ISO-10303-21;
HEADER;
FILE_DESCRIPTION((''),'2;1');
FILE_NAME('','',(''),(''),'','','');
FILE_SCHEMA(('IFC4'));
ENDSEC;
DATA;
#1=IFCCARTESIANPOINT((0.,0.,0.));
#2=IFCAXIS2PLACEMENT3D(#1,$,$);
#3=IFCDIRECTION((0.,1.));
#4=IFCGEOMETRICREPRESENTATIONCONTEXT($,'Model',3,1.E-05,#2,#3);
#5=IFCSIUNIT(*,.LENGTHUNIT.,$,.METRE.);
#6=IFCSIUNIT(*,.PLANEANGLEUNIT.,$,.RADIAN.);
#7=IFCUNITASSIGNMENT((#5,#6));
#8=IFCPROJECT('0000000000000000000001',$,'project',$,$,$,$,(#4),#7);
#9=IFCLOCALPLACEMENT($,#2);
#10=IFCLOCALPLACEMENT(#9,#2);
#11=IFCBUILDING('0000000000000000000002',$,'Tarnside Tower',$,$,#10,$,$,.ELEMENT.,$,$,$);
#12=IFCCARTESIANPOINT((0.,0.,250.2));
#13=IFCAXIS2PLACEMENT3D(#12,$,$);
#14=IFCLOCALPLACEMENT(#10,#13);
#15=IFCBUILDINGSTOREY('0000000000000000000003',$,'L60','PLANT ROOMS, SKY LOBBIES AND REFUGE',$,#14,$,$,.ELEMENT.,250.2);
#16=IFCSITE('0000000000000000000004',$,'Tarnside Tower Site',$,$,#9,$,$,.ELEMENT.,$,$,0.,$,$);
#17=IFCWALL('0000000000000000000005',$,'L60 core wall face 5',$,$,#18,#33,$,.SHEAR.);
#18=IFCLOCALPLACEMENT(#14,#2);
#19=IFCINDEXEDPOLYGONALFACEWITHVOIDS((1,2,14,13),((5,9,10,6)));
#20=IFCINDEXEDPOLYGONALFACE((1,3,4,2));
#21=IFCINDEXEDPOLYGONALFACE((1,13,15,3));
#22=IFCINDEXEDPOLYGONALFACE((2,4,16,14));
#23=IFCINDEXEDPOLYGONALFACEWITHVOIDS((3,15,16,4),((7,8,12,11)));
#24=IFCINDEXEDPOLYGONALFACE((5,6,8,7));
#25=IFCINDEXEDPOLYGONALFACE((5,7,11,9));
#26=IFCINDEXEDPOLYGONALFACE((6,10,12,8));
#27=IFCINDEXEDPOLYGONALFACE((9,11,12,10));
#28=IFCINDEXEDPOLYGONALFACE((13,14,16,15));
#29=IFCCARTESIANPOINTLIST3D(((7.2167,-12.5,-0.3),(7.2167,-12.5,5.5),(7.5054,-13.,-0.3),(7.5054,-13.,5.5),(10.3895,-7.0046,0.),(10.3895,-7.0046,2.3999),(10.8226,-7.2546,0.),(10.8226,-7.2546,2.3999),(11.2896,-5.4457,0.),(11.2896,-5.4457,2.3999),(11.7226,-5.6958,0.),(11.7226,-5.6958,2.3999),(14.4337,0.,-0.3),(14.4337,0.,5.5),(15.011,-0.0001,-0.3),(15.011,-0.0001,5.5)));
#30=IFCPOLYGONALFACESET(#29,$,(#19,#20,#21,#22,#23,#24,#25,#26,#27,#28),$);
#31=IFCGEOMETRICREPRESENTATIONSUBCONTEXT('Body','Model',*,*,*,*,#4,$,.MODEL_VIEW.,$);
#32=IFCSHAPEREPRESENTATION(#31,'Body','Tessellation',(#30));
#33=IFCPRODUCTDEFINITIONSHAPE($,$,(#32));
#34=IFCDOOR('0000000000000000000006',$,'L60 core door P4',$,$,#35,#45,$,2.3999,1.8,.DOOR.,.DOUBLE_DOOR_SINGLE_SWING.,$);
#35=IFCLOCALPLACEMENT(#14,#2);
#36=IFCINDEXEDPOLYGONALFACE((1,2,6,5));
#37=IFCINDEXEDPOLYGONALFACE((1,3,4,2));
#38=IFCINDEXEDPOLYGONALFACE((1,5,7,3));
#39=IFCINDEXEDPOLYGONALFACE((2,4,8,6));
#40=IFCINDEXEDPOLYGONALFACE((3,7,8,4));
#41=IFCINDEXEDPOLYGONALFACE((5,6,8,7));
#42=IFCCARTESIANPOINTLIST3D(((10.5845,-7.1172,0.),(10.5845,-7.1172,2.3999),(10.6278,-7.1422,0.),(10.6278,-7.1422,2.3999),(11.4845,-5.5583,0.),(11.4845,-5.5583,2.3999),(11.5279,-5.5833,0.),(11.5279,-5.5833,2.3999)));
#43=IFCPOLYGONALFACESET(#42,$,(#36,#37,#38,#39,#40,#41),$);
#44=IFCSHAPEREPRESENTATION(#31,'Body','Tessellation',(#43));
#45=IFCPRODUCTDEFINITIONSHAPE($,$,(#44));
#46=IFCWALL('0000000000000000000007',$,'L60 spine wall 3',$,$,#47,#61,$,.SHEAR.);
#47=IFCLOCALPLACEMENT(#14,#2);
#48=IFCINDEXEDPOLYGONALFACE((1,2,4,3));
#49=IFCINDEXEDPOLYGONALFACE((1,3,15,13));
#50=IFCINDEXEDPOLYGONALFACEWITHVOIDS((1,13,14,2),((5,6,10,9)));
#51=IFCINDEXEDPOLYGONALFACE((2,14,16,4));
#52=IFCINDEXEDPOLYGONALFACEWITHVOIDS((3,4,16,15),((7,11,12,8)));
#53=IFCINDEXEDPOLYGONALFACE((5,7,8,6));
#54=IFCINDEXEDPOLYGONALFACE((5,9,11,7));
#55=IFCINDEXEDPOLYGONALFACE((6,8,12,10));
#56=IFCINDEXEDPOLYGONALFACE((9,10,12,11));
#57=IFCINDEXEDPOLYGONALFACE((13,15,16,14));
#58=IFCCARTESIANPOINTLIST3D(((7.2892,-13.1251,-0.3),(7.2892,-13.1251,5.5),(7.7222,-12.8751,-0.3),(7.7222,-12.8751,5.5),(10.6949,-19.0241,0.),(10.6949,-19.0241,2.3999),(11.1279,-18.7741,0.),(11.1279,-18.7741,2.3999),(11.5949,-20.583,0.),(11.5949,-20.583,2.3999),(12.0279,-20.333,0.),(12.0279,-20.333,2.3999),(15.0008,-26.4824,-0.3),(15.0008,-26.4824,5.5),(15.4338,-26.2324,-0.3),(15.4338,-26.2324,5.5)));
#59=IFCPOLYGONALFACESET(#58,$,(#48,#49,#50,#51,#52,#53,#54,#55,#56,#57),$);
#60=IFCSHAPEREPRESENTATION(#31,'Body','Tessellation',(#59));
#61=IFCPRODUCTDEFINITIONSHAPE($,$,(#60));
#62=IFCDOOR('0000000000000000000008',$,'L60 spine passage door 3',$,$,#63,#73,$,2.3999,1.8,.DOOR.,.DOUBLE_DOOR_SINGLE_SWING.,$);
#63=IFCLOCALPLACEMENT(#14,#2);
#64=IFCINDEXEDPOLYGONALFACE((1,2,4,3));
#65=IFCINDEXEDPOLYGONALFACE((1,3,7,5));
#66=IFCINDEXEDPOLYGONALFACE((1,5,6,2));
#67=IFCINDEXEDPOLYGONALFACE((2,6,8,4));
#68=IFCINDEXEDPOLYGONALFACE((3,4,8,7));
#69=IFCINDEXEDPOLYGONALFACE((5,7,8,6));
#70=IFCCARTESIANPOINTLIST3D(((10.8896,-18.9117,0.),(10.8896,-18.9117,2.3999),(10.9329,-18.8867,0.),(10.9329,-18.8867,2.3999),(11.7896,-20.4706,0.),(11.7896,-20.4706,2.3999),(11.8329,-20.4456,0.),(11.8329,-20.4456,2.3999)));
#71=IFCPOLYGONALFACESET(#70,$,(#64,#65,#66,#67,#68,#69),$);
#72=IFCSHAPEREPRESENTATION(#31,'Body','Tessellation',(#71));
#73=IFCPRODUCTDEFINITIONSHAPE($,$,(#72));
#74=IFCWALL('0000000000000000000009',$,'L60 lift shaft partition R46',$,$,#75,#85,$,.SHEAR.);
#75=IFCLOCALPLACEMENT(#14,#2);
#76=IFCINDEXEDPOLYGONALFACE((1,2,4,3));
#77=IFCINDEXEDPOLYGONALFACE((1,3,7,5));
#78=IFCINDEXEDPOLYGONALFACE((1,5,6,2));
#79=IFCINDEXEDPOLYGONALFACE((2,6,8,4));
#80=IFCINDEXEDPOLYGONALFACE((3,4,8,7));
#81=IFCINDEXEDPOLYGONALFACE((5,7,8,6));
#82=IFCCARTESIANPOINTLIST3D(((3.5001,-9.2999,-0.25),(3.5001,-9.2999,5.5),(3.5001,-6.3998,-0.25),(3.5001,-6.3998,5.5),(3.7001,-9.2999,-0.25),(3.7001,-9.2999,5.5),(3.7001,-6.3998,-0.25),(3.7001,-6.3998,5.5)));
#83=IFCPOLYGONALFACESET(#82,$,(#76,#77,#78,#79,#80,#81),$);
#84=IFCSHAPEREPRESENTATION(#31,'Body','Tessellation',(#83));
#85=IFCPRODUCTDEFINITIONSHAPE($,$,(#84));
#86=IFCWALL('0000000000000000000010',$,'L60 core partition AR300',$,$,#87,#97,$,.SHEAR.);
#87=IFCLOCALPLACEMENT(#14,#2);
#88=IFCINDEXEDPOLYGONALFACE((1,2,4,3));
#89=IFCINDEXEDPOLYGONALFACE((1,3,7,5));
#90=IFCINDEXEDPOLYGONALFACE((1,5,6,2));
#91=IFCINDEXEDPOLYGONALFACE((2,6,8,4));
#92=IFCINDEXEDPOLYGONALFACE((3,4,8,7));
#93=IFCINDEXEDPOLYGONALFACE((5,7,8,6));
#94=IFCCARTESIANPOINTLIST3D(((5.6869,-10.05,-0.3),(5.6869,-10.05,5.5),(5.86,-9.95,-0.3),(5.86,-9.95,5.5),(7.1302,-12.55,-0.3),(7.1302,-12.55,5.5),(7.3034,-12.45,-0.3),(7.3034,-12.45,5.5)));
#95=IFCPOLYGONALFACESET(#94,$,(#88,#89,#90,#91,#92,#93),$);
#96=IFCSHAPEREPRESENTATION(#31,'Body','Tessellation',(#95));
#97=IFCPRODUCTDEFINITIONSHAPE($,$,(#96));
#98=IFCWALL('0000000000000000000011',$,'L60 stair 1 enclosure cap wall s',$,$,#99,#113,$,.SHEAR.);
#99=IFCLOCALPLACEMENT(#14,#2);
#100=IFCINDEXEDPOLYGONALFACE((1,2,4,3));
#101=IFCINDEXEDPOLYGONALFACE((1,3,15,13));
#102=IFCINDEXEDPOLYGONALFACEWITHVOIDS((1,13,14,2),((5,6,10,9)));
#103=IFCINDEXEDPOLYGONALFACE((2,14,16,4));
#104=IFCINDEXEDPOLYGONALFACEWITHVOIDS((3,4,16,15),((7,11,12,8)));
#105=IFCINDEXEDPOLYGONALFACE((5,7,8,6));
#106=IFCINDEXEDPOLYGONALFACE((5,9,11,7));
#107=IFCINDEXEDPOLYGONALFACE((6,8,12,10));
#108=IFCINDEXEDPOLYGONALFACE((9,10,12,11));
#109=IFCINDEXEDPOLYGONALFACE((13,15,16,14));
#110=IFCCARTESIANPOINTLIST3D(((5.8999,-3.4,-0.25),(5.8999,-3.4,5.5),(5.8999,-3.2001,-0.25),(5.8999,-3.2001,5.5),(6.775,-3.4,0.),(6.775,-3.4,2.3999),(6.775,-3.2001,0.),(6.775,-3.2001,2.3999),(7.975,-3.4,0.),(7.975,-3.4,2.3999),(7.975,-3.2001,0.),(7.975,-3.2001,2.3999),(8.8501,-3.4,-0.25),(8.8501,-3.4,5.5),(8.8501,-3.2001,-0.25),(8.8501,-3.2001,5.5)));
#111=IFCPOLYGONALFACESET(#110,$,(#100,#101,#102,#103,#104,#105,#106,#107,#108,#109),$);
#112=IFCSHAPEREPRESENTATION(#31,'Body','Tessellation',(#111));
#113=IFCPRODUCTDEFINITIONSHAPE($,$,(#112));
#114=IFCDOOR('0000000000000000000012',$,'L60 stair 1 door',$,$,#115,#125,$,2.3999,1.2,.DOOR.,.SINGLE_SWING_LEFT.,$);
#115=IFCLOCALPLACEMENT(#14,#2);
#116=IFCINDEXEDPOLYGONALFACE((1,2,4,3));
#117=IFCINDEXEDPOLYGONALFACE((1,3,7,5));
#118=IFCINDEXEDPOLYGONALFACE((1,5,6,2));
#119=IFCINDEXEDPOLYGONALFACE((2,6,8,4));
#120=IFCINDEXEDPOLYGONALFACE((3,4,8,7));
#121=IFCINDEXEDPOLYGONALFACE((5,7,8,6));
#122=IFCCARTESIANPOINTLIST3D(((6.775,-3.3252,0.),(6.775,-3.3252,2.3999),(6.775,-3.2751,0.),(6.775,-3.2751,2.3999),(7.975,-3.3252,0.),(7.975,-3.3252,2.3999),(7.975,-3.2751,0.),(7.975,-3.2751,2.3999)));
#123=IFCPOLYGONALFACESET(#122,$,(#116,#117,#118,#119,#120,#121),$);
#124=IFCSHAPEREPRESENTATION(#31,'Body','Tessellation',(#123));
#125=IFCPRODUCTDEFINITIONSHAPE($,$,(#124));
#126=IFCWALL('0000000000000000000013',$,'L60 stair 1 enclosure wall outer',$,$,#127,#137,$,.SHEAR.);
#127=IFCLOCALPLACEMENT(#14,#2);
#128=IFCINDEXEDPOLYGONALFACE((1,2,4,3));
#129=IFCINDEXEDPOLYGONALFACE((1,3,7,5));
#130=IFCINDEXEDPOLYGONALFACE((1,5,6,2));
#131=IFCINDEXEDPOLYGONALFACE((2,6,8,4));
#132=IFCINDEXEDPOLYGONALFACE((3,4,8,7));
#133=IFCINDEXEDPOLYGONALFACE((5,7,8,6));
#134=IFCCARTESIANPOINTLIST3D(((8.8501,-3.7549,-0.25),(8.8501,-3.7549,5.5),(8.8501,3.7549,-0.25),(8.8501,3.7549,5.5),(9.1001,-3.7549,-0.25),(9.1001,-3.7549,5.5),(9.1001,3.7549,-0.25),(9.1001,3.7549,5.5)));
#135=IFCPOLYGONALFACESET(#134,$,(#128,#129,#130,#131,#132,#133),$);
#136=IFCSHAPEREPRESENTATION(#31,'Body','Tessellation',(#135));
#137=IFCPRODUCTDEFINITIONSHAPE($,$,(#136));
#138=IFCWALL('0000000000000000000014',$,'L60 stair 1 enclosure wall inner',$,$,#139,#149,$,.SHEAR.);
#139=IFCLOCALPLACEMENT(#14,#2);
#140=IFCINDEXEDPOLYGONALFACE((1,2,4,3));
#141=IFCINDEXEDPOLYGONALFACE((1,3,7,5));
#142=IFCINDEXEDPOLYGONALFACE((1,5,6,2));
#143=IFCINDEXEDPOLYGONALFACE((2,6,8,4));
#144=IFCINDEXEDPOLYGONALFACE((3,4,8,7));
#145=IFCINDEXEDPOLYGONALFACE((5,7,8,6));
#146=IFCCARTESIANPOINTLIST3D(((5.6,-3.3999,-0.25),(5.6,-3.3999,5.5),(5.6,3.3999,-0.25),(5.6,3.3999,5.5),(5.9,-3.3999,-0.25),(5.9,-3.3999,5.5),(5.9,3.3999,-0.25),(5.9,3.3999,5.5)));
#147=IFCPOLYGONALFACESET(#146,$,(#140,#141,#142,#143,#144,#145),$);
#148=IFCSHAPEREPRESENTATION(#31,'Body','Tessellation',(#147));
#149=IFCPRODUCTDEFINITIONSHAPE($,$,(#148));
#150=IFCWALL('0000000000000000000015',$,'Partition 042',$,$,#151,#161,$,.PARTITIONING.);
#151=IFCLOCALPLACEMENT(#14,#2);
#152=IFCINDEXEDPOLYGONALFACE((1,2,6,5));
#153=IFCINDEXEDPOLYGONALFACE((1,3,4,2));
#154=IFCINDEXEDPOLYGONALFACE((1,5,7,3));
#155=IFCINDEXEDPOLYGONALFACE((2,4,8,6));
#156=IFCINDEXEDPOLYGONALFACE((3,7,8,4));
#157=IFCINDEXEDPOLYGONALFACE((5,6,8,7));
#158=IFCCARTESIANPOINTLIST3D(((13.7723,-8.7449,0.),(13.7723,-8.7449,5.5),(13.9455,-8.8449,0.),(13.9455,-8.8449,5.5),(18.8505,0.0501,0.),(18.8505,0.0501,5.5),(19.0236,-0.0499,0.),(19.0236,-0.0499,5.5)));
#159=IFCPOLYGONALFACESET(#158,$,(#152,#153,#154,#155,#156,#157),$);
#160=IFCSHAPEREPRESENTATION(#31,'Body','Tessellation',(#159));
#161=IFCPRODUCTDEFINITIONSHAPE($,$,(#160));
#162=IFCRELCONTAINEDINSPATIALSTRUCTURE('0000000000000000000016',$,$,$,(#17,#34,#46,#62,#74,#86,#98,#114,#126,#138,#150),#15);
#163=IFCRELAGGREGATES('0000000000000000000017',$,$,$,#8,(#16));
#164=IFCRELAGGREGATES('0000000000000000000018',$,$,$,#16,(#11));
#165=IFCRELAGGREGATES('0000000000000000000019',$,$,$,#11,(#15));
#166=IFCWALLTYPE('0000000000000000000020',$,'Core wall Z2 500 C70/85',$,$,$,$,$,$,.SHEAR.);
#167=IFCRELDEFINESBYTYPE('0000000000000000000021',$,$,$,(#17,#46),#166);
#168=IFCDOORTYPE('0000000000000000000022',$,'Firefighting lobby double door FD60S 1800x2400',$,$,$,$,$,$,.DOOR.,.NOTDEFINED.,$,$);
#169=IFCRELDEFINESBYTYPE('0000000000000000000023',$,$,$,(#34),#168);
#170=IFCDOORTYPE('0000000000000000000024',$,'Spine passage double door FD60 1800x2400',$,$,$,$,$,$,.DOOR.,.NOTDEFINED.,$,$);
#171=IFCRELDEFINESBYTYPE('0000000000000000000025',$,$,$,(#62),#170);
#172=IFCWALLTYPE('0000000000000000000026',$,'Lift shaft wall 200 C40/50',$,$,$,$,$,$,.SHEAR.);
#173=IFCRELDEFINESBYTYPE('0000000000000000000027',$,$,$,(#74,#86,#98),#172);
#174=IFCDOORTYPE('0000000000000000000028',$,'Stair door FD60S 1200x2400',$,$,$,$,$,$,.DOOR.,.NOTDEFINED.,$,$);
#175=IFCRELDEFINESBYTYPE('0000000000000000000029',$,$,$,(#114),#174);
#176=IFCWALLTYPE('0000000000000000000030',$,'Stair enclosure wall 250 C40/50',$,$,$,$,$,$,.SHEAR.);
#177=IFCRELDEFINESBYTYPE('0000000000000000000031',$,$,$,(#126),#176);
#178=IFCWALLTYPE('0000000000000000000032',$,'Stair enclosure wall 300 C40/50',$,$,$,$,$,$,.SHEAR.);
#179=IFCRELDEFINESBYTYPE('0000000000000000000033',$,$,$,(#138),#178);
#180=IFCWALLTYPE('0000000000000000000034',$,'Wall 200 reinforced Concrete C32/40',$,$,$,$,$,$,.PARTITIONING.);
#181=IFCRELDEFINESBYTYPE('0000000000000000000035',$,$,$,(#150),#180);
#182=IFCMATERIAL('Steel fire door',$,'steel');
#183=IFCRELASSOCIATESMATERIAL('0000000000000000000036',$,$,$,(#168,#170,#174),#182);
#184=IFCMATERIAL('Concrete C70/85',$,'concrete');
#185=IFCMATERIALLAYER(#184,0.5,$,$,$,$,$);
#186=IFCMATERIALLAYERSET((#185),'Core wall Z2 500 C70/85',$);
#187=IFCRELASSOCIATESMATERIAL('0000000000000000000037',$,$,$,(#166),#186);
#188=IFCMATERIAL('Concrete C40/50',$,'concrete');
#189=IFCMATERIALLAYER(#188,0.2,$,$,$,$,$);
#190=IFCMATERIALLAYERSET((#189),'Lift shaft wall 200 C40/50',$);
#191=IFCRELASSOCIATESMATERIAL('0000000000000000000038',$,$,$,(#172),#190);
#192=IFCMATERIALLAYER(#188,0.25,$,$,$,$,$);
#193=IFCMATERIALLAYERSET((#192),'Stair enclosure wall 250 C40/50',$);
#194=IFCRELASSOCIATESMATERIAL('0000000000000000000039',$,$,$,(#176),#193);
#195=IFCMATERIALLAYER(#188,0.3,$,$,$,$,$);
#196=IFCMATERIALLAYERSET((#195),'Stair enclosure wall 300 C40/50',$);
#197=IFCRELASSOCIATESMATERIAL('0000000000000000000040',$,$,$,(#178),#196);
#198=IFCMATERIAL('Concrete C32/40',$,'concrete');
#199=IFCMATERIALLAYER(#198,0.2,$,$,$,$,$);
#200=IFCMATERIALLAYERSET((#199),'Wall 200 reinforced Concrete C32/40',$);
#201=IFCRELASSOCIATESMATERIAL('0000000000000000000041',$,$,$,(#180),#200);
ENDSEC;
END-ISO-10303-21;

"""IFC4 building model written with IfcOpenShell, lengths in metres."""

from ifc_helpers import new_model, si_unit, direction, frame, frame_2d, origin, place, context, subcontext, project, spatial, polyline, rectangle, outline, extrude, material, layer, layer_set, type_object, element, fill, save


model = new_model("IFC4")

# Units and contexts
model_context = context("Model", 3, precision=1e-05, world=origin(), true_north=direction((0.0, 1.0)))
body_context = subcontext(model_context, "Body", "Model", "MODEL_VIEW")
ifc_project = project(units=[si_unit("LENGTHUNIT", "METRE"), si_unit("PLANEANGLEUNIT", "RADIAN")], contexts=[model_context])

# Site, building, storey
site_placement = place(None, origin())
site = spatial("IfcSite", under=ifc_project, at=site_placement, Name="Tarnside Tower Site", CompositionType="ELEMENT", RefElevation=0.0)
building_placement = place(site_placement, origin())
building = spatial("IfcBuilding", under=site, at=building_placement, Name="Tarnside Tower", CompositionType="ELEMENT")
storey_placement = place(building_placement, frame((0.0, 0.0, 250.2)))
storey = spatial("IfcBuildingStorey", under=building, at=storey_placement, Name="L60", Description="PLANT ROOMS, SKY LOBBIES AND REFUGE", CompositionType="ELEMENT", Elevation=250.2)

# Walls, openings, doors
ifc_material_1 = material(Name="Steel fire door", Category="steel")
door_type_1 = type_object("IfcDoorType", Name="Firefighting lobby double door FD60S 1800x2400", OperationType="NOTDEFINED", PredefinedType="DOOR", material=ifc_material_1)
ifc_material_2 = material(Name="Concrete C40/50", Category="concrete")
ifc_material_3 = material(Name="Concrete C70/85", Category="concrete")
ifc_layer_1 = layer(ifc_material_3, 0.5)
ifc_layer_set_1 = layer_set([ifc_layer_1], Name="Core wall Z2 500 C70/85")
wall_type_1 = type_object("IfcWallType", Name="Core wall Z2 500 C70/85", PredefinedType="SHEAR", material=ifc_layer_set_1)
wall_1_placement = place(storey_placement, frame((7.3611, -12.75, -0.3), z_axis=(0.0, 0.0, 1.0), x_axis=(0.500006, 0.866022, 0.0)))
wall_1 = element("IfcWall", 1, at=wall_1_placement, inside=storey, type_object=wall_type_1, Name="L60 core wall face 5", PredefinedType="SHEAR", context=body_context, shape_type="SweptSolid", body=[
    extrude(outline(polyline([(-0.1443, -0.25), (14.8667, -0.25), (14.5781, 0.25), (0.1443, 0.25), (-0.1443, -0.25)])), origin(), (0.0, 0.0, 1.0), 5.8),
])
opening_1_placement = place(wall_1_placement, frame((6.49, 0.0, 0.3)))
opening_1 = element("IfcOpeningElement", 2, at=opening_1_placement, cuts=wall_1, PredefinedType="OPENING", context=body_context, shape_type="SweptSolid", body=[
    extrude(rectangle(XDim=1.8, YDim=2.3999, at=frame_2d((0.8999, 1.2))), frame((0.0, 0.26, 0.0), z_axis=(0.0, -1.0, 0.0), x_axis=(1.0, 0.0, 0.0)), (0.0, 0.0, 1.0), 0.52),
])
door_1_placement = place(opening_1_placement, origin())
door_1 = element("IfcDoor", 3, at=door_1_placement, inside=storey, type_object=door_type_1, Name="L60 core door P4", OperationType="DOUBLE_DOOR_SINGLE_SWING", OverallHeight=2.3999, OverallWidth=1.8, PredefinedType="DOOR", context=body_context, shape_type="SweptSolid", body=[
    extrude(rectangle(XDim=1.8, YDim=2.3999, at=frame_2d((0.8999, 1.2))), frame((0.0, 0.0249, 0.0), z_axis=(0.0, -1.0, 0.0), x_axis=(1.0, 0.0, 0.0)), (0.0, 0.0, 1.0), 0.05),
])
fill(opening_1, door_1)
wall_2_placement = place(storey_placement, frame((7.5056, -13.0, -0.3), z_axis=(0.0, 0.0, 1.0), x_axis=(0.499988, -0.866032, 0.0)))
wall_2 = element("IfcWall", 4, at=wall_2_placement, inside=storey, type_object=wall_type_1, Name="L60 spine wall 3", PredefinedType="SHEAR", context=body_context, shape_type="SweptSolid", body=[
    extrude(rectangle(XDim=15.4236, YDim=0.5, at=frame_2d((7.7119, 0.0))), origin(), (0.0, 0.0, 1.0), 5.8),
])
opening_2_placement = place(wall_2_placement, frame((6.8118, 0.0, 0.3)))
opening_2 = element("IfcOpeningElement", 5, at=opening_2_placement, cuts=wall_2, PredefinedType="OPENING", context=body_context, shape_type="SweptSolid", body=[
    extrude(rectangle(XDim=1.8, YDim=2.3999, at=frame_2d((0.8999, 1.2))), frame((0.0, 0.26, 0.0), z_axis=(0.0, -1.0, 0.0), x_axis=(1.0, 0.0, 0.0)), (0.0, 0.0, 1.0), 0.52),
])
door_type_2 = type_object("IfcDoorType", Name="Spine passage double door FD60 1800x2400", OperationType="NOTDEFINED", PredefinedType="DOOR", material=ifc_material_1)
door_2_placement = place(opening_2_placement, origin())
door_2 = element("IfcDoor", 6, at=door_2_placement, inside=storey, type_object=door_type_2, Name="L60 spine passage door 3", OperationType="DOUBLE_DOOR_SINGLE_SWING", OverallHeight=2.3999, OverallWidth=1.8, PredefinedType="DOOR", context=body_context, shape_type="SweptSolid", body=[
    extrude(rectangle(XDim=1.8, YDim=2.3999, at=frame_2d((0.8999, 1.2))), frame((0.0, 0.0249, 0.0), z_axis=(0.0, -1.0, 0.0), x_axis=(1.0, 0.0, 0.0)), (0.0, 0.0, 1.0), 0.05),
])
fill(opening_2, door_2)

# Walls
ifc_layer_2 = layer(ifc_material_2, 0.2)
ifc_layer_set_2 = layer_set([ifc_layer_2], Name="Lift shaft wall 200 C40/50")
wall_type_2 = type_object("IfcWallType", Name="Lift shaft wall 200 C40/50", PredefinedType="SHEAR", material=ifc_layer_set_2)
wall_3_placement = place(storey_placement, frame((3.6001, -9.3, -0.25), z_axis=(0.0, 0.0, 1.0), x_axis=(0.0, 1.0, 0.0)))
element("IfcWall", 7, at=wall_3_placement, inside=storey, type_object=wall_type_2, Name="L60 lift shaft partition R46", PredefinedType="SHEAR", context=body_context, shape_type="SweptSolid", body=[
    extrude(rectangle(XDim=2.9001, YDim=0.2, at=frame_2d((1.4502, 0.0))), origin(), (0.0, 0.0, 1.0), 5.75),
])
wall_4_placement = place(storey_placement, frame((5.7734, -10.0, -0.3), z_axis=(0.0, 0.0, 1.0), x_axis=(0.499996, -0.866028, 0.0)))
element("IfcWall", 8, at=wall_4_placement, inside=storey, type_object=wall_type_2, Name="L60 core partition AR300", PredefinedType="SHEAR", context=body_context, shape_type="SweptSolid", body=[
    extrude(rectangle(XDim=2.8867, YDim=0.2, at=frame_2d((1.4434, 0.0))), origin(), (0.0, 0.0, 1.0), 5.8),
])

# Wall, opening, door
wall_5_placement = place(storey_placement, frame((5.8999, -3.3, -0.25), z_axis=(0.0, 0.0, 1.0), x_axis=(1.0, 0.0, 0.0)))
wall_5 = element("IfcWall", 9, at=wall_5_placement, inside=storey, type_object=wall_type_2, Name="L60 stair 1 enclosure cap wall s", PredefinedType="SHEAR", context=body_context, shape_type="SweptSolid", body=[
    extrude(rectangle(XDim=2.9502, YDim=0.2, at=frame_2d((1.4751, 0.0))), origin(), (0.0, 0.0, 1.0), 5.75),
])
opening_3_placement = place(wall_5_placement, frame((0.875, 0.0, 0.25)))
opening_3 = element("IfcOpeningElement", 10, at=opening_3_placement, cuts=wall_5, PredefinedType="OPENING", context=body_context, shape_type="SweptSolid", body=[
    extrude(rectangle(XDim=1.2, YDim=2.3999, at=frame_2d((0.6001, 1.2))), frame((0.0, 0.1099, 0.0), z_axis=(0.0, -1.0, 0.0), x_axis=(1.0, 0.0, 0.0)), (0.0, 0.0, 1.0), 0.22),
])
door_type_3 = type_object("IfcDoorType", Name="Stair door FD60S 1200x2400", OperationType="NOTDEFINED", PredefinedType="DOOR", material=ifc_material_1)
door_3_placement = place(opening_3_placement, origin())
door_3 = element("IfcDoor", 11, at=door_3_placement, inside=storey, type_object=door_type_3, Name="L60 stair 1 door", OperationType="SINGLE_SWING_LEFT", OverallHeight=2.3999, OverallWidth=1.2, PredefinedType="DOOR", context=body_context, shape_type="SweptSolid", body=[
    extrude(rectangle(XDim=1.2, YDim=2.3999, at=frame_2d((0.6001, 1.2))), frame((0.0, 0.0249, 0.0), z_axis=(0.0, -1.0, 0.0), x_axis=(1.0, 0.0, 0.0)), (0.0, 0.0, 1.0), 0.05),
])
fill(opening_3, door_3)

# Walls
ifc_layer_3 = layer(ifc_material_2, 0.25)
ifc_layer_set_3 = layer_set([ifc_layer_3], Name="Stair enclosure wall 250 C40/50")
wall_type_3 = type_object("IfcWallType", Name="Stair enclosure wall 250 C40/50", PredefinedType="SHEAR", material=ifc_layer_set_3)
wall_6_placement = place(storey_placement, frame((8.9751, -3.7549, -0.25), z_axis=(0.0, 0.0, 1.0), x_axis=(0.0, 1.0, 0.0)))
element("IfcWall", 12, at=wall_6_placement, inside=storey, type_object=wall_type_3, Name="L60 stair 1 enclosure wall outer", PredefinedType="SHEAR", context=body_context, shape_type="SweptSolid", body=[
    extrude(rectangle(XDim=7.5098, YDim=0.25, at=frame_2d((3.7549, 0.0))), origin(), (0.0, 0.0, 1.0), 5.75),
])
ifc_layer_4 = layer(ifc_material_2, 0.3)
ifc_layer_set_4 = layer_set([ifc_layer_4], Name="Stair enclosure wall 300 C40/50")
wall_type_4 = type_object("IfcWallType", Name="Stair enclosure wall 300 C40/50", PredefinedType="SHEAR", material=ifc_layer_set_4)
wall_7_placement = place(storey_placement, frame((5.75, -3.3999, -0.25), z_axis=(0.0, 0.0, 1.0), x_axis=(0.0, 1.0, 0.0)))
element("IfcWall", 13, at=wall_7_placement, inside=storey, type_object=wall_type_4, Name="L60 stair 1 enclosure wall inner", PredefinedType="SHEAR", context=body_context, shape_type="SweptSolid", body=[
    extrude(rectangle(XDim=6.7998, YDim=0.3, at=frame_2d((3.3999, 0.0))), origin(), (0.0, 0.0, 1.0), 5.75),
])
ifc_material_4 = material(Name="Concrete C32/40", Category="concrete")
ifc_layer_5 = layer(ifc_material_4, 0.2)
ifc_layer_set_5 = layer_set([ifc_layer_5], Name="Wall 200 reinforced Concrete C32/40")
wall_type_5 = type_object("IfcWallType", Name="Wall 200 reinforced Concrete C32/40", PredefinedType="PARTITIONING", material=ifc_layer_set_5)
wall_8_placement = place(storey_placement, frame((13.8589, -8.7949, 0.0), z_axis=(0.0, 0.0, 1.0), x_axis=(0.500028, 0.866009, 0.0)))
element("IfcWall", 14, at=wall_8_placement, inside=storey, type_object=wall_type_5, Name="Partition 042", PredefinedType="PARTITIONING", context=body_context, shape_type="SweptSolid", body=[
    extrude(rectangle(XDim=10.1558, YDim=0.2, at=frame_2d((5.0779, 0.0))), origin(), (0.0, 0.0, 1.0), 5.5),
])

save(model, "model.ifc")
